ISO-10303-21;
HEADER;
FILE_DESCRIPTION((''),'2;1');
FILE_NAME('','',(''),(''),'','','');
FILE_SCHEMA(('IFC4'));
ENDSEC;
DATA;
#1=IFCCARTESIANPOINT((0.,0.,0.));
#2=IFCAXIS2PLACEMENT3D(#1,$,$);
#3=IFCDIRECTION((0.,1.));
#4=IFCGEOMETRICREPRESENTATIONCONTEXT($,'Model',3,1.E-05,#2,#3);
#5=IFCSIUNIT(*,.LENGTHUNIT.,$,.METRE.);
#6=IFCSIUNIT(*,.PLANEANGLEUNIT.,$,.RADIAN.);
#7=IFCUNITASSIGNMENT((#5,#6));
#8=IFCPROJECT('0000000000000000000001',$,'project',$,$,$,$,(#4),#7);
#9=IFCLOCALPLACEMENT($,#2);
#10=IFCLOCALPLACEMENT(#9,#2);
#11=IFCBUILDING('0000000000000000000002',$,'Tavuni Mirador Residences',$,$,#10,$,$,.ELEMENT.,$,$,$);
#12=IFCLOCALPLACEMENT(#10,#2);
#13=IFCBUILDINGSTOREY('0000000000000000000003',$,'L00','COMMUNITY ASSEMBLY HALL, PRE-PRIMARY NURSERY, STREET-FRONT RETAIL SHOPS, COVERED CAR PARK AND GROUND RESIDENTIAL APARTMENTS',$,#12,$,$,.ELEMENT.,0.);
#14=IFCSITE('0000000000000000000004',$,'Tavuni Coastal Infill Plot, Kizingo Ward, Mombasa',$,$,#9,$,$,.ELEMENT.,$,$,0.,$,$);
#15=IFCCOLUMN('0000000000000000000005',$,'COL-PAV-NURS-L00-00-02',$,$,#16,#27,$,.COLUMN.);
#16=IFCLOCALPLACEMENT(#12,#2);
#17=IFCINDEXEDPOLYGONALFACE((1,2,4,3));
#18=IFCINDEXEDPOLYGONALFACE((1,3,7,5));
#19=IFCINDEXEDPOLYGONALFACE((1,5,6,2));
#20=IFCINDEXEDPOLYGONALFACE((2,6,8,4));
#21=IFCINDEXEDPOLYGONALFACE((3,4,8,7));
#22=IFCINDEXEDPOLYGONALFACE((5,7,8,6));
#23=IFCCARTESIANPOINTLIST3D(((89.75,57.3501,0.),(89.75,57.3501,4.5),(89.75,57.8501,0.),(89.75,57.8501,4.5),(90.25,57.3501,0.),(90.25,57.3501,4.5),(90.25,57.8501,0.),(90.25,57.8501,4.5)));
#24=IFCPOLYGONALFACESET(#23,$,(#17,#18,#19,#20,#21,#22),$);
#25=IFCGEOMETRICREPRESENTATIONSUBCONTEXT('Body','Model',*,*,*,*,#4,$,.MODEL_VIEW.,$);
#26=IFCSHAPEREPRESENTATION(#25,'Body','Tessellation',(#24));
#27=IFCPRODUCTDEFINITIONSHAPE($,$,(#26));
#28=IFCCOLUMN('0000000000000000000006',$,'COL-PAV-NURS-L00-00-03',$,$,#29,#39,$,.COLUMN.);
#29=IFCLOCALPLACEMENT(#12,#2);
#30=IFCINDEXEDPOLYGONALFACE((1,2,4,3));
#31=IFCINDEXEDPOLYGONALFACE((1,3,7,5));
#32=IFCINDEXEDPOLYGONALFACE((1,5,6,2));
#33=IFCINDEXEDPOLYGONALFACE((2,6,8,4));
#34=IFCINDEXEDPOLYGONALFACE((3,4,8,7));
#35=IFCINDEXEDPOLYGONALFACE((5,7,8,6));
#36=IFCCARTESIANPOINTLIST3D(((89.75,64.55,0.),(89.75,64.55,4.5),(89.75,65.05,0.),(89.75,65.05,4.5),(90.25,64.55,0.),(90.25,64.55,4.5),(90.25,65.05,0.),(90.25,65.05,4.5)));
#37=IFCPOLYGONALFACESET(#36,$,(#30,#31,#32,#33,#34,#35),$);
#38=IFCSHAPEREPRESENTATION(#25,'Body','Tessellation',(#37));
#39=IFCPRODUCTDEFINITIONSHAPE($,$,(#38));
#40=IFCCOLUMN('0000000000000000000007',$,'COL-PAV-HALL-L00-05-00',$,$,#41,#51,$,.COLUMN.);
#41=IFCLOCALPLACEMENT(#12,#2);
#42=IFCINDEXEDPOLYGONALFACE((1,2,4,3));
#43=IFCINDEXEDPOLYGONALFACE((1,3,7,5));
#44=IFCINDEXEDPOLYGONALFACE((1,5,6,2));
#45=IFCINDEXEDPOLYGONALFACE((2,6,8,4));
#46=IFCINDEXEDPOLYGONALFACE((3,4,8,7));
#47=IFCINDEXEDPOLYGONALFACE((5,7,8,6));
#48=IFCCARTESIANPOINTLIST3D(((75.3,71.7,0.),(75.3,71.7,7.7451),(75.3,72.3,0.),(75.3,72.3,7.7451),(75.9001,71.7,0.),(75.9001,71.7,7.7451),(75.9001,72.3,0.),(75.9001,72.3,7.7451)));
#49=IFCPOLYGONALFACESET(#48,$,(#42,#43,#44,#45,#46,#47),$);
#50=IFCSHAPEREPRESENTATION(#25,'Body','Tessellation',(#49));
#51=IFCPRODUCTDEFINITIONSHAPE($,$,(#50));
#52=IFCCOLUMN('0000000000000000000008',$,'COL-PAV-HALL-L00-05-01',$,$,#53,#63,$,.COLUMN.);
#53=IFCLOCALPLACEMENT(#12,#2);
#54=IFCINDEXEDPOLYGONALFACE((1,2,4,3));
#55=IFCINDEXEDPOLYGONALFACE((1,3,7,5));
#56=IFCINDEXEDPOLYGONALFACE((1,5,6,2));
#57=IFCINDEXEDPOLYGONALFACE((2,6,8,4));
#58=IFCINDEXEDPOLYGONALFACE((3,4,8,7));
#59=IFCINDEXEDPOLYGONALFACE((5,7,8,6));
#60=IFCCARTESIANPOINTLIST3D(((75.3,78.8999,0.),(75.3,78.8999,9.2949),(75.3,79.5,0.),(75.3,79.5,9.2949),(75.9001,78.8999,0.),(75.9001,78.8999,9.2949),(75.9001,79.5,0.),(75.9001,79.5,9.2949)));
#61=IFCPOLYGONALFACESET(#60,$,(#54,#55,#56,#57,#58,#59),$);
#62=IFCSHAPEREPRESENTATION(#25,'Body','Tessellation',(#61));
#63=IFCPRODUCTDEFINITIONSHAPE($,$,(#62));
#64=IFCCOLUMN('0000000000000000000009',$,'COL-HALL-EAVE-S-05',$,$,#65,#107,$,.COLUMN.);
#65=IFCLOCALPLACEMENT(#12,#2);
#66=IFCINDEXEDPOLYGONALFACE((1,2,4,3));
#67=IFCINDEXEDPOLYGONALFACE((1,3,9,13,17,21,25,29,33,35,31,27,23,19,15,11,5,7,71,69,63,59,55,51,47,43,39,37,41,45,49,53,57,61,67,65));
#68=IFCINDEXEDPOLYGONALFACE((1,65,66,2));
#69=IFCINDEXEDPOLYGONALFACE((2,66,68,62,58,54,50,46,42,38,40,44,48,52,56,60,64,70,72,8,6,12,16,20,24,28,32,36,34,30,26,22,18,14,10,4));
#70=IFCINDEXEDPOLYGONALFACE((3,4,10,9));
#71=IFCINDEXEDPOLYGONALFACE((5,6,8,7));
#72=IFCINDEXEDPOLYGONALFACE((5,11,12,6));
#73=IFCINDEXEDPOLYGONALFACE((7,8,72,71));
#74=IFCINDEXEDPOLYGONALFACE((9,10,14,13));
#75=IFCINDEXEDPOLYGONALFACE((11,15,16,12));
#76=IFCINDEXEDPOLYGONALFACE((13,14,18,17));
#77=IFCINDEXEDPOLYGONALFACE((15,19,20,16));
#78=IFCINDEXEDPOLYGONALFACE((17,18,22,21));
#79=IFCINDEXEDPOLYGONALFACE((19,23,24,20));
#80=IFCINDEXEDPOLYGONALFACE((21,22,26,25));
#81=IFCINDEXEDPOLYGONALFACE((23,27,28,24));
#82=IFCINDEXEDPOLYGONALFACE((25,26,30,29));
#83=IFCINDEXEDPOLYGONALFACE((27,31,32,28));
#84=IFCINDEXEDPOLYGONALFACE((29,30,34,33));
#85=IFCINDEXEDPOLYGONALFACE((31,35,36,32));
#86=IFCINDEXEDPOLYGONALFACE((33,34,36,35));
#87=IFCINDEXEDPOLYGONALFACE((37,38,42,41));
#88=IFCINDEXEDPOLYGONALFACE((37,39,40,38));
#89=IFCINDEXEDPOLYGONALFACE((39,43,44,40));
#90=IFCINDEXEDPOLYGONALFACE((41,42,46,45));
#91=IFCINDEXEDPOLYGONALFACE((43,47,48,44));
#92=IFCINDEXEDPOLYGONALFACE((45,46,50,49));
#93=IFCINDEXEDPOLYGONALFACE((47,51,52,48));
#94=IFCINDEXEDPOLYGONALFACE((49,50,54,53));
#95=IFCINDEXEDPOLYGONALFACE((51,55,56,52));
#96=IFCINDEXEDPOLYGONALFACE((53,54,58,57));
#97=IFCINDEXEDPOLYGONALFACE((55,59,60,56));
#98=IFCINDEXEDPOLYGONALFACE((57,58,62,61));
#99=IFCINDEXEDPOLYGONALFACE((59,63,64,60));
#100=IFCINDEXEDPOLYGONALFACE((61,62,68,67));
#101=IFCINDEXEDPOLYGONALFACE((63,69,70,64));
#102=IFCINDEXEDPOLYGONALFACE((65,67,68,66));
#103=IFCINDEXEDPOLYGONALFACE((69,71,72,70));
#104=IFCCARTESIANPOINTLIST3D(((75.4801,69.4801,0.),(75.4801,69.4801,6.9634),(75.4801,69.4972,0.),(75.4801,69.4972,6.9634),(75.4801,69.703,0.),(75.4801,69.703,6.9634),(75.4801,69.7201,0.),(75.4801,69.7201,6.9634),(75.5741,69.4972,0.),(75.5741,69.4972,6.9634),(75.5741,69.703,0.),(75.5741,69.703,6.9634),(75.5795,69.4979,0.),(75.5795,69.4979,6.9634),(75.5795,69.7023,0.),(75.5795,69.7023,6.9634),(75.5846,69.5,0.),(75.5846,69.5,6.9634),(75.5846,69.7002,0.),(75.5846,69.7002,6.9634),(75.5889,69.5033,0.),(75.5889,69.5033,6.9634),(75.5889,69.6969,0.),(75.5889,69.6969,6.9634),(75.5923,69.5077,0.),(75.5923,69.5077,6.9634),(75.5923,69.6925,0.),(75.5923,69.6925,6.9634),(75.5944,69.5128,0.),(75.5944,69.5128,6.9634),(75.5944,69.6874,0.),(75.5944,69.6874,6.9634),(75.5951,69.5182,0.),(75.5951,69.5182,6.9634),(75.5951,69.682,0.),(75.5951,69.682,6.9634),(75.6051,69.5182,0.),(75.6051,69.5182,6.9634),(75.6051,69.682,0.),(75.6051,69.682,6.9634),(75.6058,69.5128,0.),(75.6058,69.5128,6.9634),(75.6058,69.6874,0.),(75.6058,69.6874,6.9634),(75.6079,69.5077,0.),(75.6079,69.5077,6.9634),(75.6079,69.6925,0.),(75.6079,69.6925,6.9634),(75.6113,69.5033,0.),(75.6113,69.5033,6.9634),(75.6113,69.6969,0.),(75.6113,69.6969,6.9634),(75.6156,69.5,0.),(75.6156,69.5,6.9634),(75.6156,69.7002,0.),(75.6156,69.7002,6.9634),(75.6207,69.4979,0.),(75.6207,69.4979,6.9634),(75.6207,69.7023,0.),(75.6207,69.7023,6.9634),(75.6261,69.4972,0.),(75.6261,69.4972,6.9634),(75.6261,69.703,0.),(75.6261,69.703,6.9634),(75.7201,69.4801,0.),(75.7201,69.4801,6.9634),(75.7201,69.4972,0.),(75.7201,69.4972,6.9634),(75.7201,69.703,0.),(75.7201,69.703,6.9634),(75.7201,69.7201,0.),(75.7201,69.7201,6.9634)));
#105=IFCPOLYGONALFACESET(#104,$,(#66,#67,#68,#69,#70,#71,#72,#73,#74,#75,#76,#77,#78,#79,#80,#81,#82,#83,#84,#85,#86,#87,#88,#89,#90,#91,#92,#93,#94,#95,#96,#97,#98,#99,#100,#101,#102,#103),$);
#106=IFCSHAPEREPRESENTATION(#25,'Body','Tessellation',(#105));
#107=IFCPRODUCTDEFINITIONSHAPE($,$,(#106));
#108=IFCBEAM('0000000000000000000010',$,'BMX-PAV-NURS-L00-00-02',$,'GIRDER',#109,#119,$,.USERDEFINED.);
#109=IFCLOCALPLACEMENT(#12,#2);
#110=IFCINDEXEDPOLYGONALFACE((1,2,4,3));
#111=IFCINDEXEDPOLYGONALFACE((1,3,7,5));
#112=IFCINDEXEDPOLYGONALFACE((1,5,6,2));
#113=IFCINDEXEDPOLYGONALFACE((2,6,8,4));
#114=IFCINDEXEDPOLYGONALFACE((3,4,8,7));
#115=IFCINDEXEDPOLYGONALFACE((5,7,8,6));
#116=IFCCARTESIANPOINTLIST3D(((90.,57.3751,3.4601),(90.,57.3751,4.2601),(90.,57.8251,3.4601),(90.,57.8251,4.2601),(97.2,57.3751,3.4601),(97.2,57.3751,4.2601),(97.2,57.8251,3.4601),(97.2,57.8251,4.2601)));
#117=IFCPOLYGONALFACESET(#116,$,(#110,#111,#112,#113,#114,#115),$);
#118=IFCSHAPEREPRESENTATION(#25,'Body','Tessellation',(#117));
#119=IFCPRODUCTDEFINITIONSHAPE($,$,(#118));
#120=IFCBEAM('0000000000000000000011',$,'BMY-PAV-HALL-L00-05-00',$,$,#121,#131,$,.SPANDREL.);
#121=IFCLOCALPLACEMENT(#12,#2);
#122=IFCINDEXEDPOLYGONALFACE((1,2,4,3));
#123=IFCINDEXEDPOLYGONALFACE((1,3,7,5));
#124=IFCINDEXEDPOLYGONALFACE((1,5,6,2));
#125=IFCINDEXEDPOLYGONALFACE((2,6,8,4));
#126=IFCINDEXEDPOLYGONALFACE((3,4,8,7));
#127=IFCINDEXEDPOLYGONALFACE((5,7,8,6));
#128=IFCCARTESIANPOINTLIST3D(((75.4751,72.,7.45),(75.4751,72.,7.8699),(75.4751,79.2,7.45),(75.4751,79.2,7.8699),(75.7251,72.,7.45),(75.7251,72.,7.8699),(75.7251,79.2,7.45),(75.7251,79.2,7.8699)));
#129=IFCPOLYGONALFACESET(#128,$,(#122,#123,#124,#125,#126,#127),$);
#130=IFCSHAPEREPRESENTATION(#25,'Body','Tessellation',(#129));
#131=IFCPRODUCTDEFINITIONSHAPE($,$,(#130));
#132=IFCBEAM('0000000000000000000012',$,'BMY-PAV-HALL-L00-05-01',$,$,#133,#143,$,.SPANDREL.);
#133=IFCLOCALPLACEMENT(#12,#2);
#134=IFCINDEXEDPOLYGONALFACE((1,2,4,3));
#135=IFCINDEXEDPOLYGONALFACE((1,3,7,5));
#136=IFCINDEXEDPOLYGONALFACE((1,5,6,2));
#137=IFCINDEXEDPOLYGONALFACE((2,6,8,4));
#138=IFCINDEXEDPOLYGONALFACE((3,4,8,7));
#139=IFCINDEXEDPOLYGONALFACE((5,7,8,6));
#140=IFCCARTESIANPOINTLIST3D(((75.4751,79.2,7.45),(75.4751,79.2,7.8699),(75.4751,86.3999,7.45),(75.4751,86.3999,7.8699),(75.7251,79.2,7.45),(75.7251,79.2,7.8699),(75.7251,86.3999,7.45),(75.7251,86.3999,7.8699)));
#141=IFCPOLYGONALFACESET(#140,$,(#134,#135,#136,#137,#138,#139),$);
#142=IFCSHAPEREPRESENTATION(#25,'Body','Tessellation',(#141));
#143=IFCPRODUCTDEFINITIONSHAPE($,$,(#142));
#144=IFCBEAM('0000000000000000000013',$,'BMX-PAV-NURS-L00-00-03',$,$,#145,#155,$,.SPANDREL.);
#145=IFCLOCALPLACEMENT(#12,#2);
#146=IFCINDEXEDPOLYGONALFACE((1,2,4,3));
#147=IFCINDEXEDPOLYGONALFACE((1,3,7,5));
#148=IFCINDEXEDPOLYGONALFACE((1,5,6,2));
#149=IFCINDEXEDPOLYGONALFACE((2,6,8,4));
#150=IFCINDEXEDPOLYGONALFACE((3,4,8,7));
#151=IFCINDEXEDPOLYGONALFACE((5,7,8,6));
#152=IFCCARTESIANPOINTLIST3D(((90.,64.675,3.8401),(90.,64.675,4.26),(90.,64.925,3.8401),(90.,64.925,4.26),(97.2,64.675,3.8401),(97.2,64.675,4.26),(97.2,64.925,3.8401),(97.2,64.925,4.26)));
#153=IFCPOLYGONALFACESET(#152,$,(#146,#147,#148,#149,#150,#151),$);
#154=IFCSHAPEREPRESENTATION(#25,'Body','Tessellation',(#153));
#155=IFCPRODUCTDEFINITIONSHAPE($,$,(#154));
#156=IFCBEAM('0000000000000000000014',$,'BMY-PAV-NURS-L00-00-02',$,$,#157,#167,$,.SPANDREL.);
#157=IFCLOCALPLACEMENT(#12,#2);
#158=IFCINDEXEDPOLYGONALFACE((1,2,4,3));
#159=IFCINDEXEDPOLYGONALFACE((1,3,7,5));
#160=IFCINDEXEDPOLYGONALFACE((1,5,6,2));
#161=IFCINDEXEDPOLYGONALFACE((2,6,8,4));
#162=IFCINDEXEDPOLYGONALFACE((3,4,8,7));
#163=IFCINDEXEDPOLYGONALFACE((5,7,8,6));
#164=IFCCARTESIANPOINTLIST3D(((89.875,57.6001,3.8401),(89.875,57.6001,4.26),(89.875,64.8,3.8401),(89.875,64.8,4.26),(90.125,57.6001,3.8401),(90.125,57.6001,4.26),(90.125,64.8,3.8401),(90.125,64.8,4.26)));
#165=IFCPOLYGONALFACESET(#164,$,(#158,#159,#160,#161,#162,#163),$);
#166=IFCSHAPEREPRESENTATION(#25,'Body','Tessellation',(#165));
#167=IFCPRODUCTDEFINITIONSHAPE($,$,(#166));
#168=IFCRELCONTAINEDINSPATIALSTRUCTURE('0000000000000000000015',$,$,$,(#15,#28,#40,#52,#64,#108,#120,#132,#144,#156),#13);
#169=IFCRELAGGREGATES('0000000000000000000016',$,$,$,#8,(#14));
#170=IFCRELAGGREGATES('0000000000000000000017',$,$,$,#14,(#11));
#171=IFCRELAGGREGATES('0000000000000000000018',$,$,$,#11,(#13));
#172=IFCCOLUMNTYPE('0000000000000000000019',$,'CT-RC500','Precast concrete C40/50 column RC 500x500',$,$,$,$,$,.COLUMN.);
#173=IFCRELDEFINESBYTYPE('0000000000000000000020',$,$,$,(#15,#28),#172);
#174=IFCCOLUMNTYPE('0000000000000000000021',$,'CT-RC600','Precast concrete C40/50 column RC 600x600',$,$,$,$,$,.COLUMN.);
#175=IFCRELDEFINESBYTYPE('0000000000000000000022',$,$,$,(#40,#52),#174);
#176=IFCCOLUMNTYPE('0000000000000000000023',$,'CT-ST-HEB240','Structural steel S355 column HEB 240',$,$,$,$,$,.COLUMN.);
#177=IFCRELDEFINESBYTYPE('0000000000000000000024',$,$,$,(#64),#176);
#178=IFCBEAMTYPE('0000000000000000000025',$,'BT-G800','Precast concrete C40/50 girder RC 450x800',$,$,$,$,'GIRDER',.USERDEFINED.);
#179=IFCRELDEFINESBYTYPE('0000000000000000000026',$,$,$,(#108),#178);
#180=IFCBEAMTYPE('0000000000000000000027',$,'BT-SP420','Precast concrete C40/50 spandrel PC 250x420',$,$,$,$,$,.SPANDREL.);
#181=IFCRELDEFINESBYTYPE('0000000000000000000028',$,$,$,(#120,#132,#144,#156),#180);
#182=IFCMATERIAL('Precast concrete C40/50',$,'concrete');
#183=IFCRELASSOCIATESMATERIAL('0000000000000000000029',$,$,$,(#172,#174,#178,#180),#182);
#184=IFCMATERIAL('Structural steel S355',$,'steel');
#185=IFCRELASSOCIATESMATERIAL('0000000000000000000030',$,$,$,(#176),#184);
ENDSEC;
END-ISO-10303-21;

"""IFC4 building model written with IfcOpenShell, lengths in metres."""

from ifc_helpers import new_model, si_unit, direction, frame, origin, origin_2d, place, context, subcontext, project, spatial, rectangle, i_section, extrude, material, material_profile, profile_set, type_object, element, save


model = new_model("IFC4")

# Units and contexts
model_context = context("Model", 3, precision=1e-05, world=origin(), true_north=direction((0.0, 1.0)))
body_context = subcontext(model_context, "Body", "Model", "MODEL_VIEW")
ifc_project = project(units=[si_unit("LENGTHUNIT", "METRE"), si_unit("PLANEANGLEUNIT", "RADIAN")], contexts=[model_context])

# Site, building, storey
site_placement = place(None, origin())
site = spatial("IfcSite", under=ifc_project, at=site_placement, Name="Tavuni Coastal Infill Plot, Kizingo Ward, Mombasa", CompositionType="ELEMENT", RefElevation=0.0)
building_placement = place(site_placement, origin())
building = spatial("IfcBuilding", under=site, at=building_placement, Name="Tavuni Mirador Residences", CompositionType="ELEMENT")
storey_placement = place(building_placement, origin())
storey = spatial("IfcBuildingStorey", under=building, at=storey_placement, Name="L00", Description="COMMUNITY ASSEMBLY HALL, PRE-PRIMARY NURSERY, STREET-FRONT RETAIL SHOPS, COVERED CAR PARK AND GROUND RESIDENTIAL APARTMENTS", CompositionType="ELEMENT", Elevation=0.0)

# Columns
ifc_material_1 = material(Name="Precast concrete C40/50", Category="concrete")
ifc_material_profile_1 = material_profile(ifc_material_1, rectangle(XDim=0.5, YDim=0.5, at=origin_2d()), Name="RC 500x500", Category="concrete")
ifc_profile_set_1 = profile_set([ifc_material_profile_1], Name="Precast concrete C40/50")
column_type_1 = type_object("IfcColumnType", Name="CT-RC500", Description="Precast concrete C40/50 column RC 500x500", PredefinedType="COLUMN", material=ifc_profile_set_1)
for number, where, z_axis, x_axis, name in (
    (1, (90.0, 57.6001, 0.0), (0.0, 0.0, 1.0), (1.0, 0.0, 0.0), "COL-PAV-NURS-L00-00-02"),
    (2, (90.0, 64.8, 0.0), (0.0, 0.0, 1.0), (1.0, 0.0, 0.0), "COL-PAV-NURS-L00-00-03"),
):
    element("IfcColumn", number, at=place(storey_placement, frame(where, z_axis=z_axis, x_axis=x_axis)), inside=storey, type_object=column_type_1, Name=name, PredefinedType="COLUMN", context=body_context, shape_type="SweptSolid", body=[
        extrude(rectangle(XDim=0.5, YDim=0.5, at=origin_2d()), origin(), (0.0, 0.0, 1.0), 4.5),
    ])
ifc_material_profile_2 = material_profile(ifc_material_1, rectangle(XDim=0.6001, YDim=0.6001, at=origin_2d()), Name="RC 600x600", Category="concrete")
ifc_profile_set_2 = profile_set([ifc_material_profile_2], Name="Precast concrete C40/50")
column_type_2 = type_object("IfcColumnType", Name="CT-RC600", Description="Precast concrete C40/50 column RC 600x600", PredefinedType="COLUMN", material=ifc_profile_set_2)
column_1_placement = place(storey_placement, frame((75.6001, 72.0, 0.0), z_axis=(0.0, 0.0, 1.0), x_axis=(1.0, 0.0, 0.0)))
element("IfcColumn", 3, at=column_1_placement, inside=storey, type_object=column_type_2, Name="COL-PAV-HALL-L00-05-00", PredefinedType="COLUMN", context=body_context, shape_type="SweptSolid", body=[
    extrude(rectangle(XDim=0.6001, YDim=0.6001, at=origin_2d()), origin(), (0.0, 0.0, 1.0), 7.7451),
])
column_2_placement = place(storey_placement, frame((75.6001, 79.2, 0.0), z_axis=(0.0, 0.0, 1.0), x_axis=(1.0, 0.0, 0.0)))
element("IfcColumn", 4, at=column_2_placement, inside=storey, type_object=column_type_2, Name="COL-PAV-HALL-L00-05-01", PredefinedType="COLUMN", context=body_context, shape_type="SweptSolid", body=[
    extrude(rectangle(XDim=0.6001, YDim=0.6001, at=origin_2d()), origin(), (0.0, 0.0, 1.0), 9.2949),
])
ifc_material_2 = material(Name="Structural steel S355", Category="steel")
ifc_material_profile_3 = material_profile(ifc_material_2, i_section(OverallWidth=0.24, OverallDepth=0.24, WebThickness=0.01, FlangeThickness=0.0171, FilletRadius=0.021, at=origin_2d()), Name="HEB 240", Category="steel")
ifc_profile_set_3 = profile_set([ifc_material_profile_3], Name="Structural steel S355")
column_type_3 = type_object("IfcColumnType", Name="CT-ST-HEB240", Description="Structural steel S355 column HEB 240", PredefinedType="COLUMN", material=ifc_profile_set_3)
column_3_placement = place(storey_placement, frame((75.6001, 69.6001, 0.0), z_axis=(0.0, 0.0, 1.0), x_axis=(1.0, 0.0, 0.0)))
element("IfcColumn", 5, at=column_3_placement, inside=storey, type_object=column_type_3, Name="COL-HALL-EAVE-S-05", PredefinedType="COLUMN", context=body_context, shape_type="SweptSolid", body=[
    extrude(i_section(OverallWidth=0.24, OverallDepth=0.24, WebThickness=0.01, FlangeThickness=0.0171, FilletRadius=0.021, at=origin_2d()), origin(), (0.0, 0.0, 1.0), 6.9634),
])

# Beams
ifc_material_profile_4 = material_profile(ifc_material_1, rectangle(XDim=0.45, YDim=0.8, at=origin_2d()), Name="RC 450x800", Category="concrete")
ifc_profile_set_4 = profile_set([ifc_material_profile_4], Name="Precast concrete C40/50")
beam_type_1 = type_object("IfcBeamType", Name="BT-G800", Description="Precast concrete C40/50 girder RC 450x800", ElementType="GIRDER", PredefinedType="USERDEFINED", material=ifc_profile_set_4)
beam_placement = place(storey_placement, frame((90.0, 57.6001, 3.8601), z_axis=(1.0, 0.0, 0.0), x_axis=(0.0, 1.0, 0.0)))
element("IfcBeam", 6, at=beam_placement, inside=storey, type_object=beam_type_1, Name="BMX-PAV-NURS-L00-00-02", ObjectType="GIRDER", PredefinedType="USERDEFINED", context=body_context, shape_type="SweptSolid", body=[
    extrude(rectangle(XDim=0.45, YDim=0.8, at=origin_2d()), origin(), (0.0, 0.0, 1.0), 7.2),
])
ifc_material_profile_5 = material_profile(ifc_material_1, rectangle(XDim=0.25, YDim=0.4199, at=origin_2d()), Name="PC 250x420", Category="concrete")
ifc_profile_set_5 = profile_set([ifc_material_profile_5], Name="Precast concrete C40/50")
beam_type_2 = type_object("IfcBeamType", Name="BT-SP420", Description="Precast concrete C40/50 spandrel PC 250x420", PredefinedType="SPANDREL", material=ifc_profile_set_5)
for number, where, z_axis, x_axis, name in (
    (7, (75.6001, 72.0, 7.6599), (0.0, 1.0, 0.0), (-1.0, 0.0, 0.0), "BMY-PAV-HALL-L00-05-00"),
    (8, (75.6001, 79.2, 7.6599), (0.0, 1.0, 0.0), (-1.0, 0.0, 0.0), "BMY-PAV-HALL-L00-05-01"),
    (9, (90.0, 64.8, 4.05), (1.0, 0.0, 0.0), (0.0, 1.0, 0.0), "BMX-PAV-NURS-L00-00-03"),
    (10, (90.0, 57.6001, 4.05), (0.0, 1.0, 0.0), (-1.0, 0.0, 0.0), "BMY-PAV-NURS-L00-00-02"),
):
    element("IfcBeam", number, at=place(storey_placement, frame(where, z_axis=z_axis, x_axis=x_axis)), inside=storey, type_object=beam_type_2, Name=name, PredefinedType="SPANDREL", context=body_context, shape_type="SweptSolid", body=[
        extrude(rectangle(XDim=0.25, YDim=0.4199, at=origin_2d()), origin(), (0.0, 0.0, 1.0), 7.2),
    ])

save(model, "model.ifc")
